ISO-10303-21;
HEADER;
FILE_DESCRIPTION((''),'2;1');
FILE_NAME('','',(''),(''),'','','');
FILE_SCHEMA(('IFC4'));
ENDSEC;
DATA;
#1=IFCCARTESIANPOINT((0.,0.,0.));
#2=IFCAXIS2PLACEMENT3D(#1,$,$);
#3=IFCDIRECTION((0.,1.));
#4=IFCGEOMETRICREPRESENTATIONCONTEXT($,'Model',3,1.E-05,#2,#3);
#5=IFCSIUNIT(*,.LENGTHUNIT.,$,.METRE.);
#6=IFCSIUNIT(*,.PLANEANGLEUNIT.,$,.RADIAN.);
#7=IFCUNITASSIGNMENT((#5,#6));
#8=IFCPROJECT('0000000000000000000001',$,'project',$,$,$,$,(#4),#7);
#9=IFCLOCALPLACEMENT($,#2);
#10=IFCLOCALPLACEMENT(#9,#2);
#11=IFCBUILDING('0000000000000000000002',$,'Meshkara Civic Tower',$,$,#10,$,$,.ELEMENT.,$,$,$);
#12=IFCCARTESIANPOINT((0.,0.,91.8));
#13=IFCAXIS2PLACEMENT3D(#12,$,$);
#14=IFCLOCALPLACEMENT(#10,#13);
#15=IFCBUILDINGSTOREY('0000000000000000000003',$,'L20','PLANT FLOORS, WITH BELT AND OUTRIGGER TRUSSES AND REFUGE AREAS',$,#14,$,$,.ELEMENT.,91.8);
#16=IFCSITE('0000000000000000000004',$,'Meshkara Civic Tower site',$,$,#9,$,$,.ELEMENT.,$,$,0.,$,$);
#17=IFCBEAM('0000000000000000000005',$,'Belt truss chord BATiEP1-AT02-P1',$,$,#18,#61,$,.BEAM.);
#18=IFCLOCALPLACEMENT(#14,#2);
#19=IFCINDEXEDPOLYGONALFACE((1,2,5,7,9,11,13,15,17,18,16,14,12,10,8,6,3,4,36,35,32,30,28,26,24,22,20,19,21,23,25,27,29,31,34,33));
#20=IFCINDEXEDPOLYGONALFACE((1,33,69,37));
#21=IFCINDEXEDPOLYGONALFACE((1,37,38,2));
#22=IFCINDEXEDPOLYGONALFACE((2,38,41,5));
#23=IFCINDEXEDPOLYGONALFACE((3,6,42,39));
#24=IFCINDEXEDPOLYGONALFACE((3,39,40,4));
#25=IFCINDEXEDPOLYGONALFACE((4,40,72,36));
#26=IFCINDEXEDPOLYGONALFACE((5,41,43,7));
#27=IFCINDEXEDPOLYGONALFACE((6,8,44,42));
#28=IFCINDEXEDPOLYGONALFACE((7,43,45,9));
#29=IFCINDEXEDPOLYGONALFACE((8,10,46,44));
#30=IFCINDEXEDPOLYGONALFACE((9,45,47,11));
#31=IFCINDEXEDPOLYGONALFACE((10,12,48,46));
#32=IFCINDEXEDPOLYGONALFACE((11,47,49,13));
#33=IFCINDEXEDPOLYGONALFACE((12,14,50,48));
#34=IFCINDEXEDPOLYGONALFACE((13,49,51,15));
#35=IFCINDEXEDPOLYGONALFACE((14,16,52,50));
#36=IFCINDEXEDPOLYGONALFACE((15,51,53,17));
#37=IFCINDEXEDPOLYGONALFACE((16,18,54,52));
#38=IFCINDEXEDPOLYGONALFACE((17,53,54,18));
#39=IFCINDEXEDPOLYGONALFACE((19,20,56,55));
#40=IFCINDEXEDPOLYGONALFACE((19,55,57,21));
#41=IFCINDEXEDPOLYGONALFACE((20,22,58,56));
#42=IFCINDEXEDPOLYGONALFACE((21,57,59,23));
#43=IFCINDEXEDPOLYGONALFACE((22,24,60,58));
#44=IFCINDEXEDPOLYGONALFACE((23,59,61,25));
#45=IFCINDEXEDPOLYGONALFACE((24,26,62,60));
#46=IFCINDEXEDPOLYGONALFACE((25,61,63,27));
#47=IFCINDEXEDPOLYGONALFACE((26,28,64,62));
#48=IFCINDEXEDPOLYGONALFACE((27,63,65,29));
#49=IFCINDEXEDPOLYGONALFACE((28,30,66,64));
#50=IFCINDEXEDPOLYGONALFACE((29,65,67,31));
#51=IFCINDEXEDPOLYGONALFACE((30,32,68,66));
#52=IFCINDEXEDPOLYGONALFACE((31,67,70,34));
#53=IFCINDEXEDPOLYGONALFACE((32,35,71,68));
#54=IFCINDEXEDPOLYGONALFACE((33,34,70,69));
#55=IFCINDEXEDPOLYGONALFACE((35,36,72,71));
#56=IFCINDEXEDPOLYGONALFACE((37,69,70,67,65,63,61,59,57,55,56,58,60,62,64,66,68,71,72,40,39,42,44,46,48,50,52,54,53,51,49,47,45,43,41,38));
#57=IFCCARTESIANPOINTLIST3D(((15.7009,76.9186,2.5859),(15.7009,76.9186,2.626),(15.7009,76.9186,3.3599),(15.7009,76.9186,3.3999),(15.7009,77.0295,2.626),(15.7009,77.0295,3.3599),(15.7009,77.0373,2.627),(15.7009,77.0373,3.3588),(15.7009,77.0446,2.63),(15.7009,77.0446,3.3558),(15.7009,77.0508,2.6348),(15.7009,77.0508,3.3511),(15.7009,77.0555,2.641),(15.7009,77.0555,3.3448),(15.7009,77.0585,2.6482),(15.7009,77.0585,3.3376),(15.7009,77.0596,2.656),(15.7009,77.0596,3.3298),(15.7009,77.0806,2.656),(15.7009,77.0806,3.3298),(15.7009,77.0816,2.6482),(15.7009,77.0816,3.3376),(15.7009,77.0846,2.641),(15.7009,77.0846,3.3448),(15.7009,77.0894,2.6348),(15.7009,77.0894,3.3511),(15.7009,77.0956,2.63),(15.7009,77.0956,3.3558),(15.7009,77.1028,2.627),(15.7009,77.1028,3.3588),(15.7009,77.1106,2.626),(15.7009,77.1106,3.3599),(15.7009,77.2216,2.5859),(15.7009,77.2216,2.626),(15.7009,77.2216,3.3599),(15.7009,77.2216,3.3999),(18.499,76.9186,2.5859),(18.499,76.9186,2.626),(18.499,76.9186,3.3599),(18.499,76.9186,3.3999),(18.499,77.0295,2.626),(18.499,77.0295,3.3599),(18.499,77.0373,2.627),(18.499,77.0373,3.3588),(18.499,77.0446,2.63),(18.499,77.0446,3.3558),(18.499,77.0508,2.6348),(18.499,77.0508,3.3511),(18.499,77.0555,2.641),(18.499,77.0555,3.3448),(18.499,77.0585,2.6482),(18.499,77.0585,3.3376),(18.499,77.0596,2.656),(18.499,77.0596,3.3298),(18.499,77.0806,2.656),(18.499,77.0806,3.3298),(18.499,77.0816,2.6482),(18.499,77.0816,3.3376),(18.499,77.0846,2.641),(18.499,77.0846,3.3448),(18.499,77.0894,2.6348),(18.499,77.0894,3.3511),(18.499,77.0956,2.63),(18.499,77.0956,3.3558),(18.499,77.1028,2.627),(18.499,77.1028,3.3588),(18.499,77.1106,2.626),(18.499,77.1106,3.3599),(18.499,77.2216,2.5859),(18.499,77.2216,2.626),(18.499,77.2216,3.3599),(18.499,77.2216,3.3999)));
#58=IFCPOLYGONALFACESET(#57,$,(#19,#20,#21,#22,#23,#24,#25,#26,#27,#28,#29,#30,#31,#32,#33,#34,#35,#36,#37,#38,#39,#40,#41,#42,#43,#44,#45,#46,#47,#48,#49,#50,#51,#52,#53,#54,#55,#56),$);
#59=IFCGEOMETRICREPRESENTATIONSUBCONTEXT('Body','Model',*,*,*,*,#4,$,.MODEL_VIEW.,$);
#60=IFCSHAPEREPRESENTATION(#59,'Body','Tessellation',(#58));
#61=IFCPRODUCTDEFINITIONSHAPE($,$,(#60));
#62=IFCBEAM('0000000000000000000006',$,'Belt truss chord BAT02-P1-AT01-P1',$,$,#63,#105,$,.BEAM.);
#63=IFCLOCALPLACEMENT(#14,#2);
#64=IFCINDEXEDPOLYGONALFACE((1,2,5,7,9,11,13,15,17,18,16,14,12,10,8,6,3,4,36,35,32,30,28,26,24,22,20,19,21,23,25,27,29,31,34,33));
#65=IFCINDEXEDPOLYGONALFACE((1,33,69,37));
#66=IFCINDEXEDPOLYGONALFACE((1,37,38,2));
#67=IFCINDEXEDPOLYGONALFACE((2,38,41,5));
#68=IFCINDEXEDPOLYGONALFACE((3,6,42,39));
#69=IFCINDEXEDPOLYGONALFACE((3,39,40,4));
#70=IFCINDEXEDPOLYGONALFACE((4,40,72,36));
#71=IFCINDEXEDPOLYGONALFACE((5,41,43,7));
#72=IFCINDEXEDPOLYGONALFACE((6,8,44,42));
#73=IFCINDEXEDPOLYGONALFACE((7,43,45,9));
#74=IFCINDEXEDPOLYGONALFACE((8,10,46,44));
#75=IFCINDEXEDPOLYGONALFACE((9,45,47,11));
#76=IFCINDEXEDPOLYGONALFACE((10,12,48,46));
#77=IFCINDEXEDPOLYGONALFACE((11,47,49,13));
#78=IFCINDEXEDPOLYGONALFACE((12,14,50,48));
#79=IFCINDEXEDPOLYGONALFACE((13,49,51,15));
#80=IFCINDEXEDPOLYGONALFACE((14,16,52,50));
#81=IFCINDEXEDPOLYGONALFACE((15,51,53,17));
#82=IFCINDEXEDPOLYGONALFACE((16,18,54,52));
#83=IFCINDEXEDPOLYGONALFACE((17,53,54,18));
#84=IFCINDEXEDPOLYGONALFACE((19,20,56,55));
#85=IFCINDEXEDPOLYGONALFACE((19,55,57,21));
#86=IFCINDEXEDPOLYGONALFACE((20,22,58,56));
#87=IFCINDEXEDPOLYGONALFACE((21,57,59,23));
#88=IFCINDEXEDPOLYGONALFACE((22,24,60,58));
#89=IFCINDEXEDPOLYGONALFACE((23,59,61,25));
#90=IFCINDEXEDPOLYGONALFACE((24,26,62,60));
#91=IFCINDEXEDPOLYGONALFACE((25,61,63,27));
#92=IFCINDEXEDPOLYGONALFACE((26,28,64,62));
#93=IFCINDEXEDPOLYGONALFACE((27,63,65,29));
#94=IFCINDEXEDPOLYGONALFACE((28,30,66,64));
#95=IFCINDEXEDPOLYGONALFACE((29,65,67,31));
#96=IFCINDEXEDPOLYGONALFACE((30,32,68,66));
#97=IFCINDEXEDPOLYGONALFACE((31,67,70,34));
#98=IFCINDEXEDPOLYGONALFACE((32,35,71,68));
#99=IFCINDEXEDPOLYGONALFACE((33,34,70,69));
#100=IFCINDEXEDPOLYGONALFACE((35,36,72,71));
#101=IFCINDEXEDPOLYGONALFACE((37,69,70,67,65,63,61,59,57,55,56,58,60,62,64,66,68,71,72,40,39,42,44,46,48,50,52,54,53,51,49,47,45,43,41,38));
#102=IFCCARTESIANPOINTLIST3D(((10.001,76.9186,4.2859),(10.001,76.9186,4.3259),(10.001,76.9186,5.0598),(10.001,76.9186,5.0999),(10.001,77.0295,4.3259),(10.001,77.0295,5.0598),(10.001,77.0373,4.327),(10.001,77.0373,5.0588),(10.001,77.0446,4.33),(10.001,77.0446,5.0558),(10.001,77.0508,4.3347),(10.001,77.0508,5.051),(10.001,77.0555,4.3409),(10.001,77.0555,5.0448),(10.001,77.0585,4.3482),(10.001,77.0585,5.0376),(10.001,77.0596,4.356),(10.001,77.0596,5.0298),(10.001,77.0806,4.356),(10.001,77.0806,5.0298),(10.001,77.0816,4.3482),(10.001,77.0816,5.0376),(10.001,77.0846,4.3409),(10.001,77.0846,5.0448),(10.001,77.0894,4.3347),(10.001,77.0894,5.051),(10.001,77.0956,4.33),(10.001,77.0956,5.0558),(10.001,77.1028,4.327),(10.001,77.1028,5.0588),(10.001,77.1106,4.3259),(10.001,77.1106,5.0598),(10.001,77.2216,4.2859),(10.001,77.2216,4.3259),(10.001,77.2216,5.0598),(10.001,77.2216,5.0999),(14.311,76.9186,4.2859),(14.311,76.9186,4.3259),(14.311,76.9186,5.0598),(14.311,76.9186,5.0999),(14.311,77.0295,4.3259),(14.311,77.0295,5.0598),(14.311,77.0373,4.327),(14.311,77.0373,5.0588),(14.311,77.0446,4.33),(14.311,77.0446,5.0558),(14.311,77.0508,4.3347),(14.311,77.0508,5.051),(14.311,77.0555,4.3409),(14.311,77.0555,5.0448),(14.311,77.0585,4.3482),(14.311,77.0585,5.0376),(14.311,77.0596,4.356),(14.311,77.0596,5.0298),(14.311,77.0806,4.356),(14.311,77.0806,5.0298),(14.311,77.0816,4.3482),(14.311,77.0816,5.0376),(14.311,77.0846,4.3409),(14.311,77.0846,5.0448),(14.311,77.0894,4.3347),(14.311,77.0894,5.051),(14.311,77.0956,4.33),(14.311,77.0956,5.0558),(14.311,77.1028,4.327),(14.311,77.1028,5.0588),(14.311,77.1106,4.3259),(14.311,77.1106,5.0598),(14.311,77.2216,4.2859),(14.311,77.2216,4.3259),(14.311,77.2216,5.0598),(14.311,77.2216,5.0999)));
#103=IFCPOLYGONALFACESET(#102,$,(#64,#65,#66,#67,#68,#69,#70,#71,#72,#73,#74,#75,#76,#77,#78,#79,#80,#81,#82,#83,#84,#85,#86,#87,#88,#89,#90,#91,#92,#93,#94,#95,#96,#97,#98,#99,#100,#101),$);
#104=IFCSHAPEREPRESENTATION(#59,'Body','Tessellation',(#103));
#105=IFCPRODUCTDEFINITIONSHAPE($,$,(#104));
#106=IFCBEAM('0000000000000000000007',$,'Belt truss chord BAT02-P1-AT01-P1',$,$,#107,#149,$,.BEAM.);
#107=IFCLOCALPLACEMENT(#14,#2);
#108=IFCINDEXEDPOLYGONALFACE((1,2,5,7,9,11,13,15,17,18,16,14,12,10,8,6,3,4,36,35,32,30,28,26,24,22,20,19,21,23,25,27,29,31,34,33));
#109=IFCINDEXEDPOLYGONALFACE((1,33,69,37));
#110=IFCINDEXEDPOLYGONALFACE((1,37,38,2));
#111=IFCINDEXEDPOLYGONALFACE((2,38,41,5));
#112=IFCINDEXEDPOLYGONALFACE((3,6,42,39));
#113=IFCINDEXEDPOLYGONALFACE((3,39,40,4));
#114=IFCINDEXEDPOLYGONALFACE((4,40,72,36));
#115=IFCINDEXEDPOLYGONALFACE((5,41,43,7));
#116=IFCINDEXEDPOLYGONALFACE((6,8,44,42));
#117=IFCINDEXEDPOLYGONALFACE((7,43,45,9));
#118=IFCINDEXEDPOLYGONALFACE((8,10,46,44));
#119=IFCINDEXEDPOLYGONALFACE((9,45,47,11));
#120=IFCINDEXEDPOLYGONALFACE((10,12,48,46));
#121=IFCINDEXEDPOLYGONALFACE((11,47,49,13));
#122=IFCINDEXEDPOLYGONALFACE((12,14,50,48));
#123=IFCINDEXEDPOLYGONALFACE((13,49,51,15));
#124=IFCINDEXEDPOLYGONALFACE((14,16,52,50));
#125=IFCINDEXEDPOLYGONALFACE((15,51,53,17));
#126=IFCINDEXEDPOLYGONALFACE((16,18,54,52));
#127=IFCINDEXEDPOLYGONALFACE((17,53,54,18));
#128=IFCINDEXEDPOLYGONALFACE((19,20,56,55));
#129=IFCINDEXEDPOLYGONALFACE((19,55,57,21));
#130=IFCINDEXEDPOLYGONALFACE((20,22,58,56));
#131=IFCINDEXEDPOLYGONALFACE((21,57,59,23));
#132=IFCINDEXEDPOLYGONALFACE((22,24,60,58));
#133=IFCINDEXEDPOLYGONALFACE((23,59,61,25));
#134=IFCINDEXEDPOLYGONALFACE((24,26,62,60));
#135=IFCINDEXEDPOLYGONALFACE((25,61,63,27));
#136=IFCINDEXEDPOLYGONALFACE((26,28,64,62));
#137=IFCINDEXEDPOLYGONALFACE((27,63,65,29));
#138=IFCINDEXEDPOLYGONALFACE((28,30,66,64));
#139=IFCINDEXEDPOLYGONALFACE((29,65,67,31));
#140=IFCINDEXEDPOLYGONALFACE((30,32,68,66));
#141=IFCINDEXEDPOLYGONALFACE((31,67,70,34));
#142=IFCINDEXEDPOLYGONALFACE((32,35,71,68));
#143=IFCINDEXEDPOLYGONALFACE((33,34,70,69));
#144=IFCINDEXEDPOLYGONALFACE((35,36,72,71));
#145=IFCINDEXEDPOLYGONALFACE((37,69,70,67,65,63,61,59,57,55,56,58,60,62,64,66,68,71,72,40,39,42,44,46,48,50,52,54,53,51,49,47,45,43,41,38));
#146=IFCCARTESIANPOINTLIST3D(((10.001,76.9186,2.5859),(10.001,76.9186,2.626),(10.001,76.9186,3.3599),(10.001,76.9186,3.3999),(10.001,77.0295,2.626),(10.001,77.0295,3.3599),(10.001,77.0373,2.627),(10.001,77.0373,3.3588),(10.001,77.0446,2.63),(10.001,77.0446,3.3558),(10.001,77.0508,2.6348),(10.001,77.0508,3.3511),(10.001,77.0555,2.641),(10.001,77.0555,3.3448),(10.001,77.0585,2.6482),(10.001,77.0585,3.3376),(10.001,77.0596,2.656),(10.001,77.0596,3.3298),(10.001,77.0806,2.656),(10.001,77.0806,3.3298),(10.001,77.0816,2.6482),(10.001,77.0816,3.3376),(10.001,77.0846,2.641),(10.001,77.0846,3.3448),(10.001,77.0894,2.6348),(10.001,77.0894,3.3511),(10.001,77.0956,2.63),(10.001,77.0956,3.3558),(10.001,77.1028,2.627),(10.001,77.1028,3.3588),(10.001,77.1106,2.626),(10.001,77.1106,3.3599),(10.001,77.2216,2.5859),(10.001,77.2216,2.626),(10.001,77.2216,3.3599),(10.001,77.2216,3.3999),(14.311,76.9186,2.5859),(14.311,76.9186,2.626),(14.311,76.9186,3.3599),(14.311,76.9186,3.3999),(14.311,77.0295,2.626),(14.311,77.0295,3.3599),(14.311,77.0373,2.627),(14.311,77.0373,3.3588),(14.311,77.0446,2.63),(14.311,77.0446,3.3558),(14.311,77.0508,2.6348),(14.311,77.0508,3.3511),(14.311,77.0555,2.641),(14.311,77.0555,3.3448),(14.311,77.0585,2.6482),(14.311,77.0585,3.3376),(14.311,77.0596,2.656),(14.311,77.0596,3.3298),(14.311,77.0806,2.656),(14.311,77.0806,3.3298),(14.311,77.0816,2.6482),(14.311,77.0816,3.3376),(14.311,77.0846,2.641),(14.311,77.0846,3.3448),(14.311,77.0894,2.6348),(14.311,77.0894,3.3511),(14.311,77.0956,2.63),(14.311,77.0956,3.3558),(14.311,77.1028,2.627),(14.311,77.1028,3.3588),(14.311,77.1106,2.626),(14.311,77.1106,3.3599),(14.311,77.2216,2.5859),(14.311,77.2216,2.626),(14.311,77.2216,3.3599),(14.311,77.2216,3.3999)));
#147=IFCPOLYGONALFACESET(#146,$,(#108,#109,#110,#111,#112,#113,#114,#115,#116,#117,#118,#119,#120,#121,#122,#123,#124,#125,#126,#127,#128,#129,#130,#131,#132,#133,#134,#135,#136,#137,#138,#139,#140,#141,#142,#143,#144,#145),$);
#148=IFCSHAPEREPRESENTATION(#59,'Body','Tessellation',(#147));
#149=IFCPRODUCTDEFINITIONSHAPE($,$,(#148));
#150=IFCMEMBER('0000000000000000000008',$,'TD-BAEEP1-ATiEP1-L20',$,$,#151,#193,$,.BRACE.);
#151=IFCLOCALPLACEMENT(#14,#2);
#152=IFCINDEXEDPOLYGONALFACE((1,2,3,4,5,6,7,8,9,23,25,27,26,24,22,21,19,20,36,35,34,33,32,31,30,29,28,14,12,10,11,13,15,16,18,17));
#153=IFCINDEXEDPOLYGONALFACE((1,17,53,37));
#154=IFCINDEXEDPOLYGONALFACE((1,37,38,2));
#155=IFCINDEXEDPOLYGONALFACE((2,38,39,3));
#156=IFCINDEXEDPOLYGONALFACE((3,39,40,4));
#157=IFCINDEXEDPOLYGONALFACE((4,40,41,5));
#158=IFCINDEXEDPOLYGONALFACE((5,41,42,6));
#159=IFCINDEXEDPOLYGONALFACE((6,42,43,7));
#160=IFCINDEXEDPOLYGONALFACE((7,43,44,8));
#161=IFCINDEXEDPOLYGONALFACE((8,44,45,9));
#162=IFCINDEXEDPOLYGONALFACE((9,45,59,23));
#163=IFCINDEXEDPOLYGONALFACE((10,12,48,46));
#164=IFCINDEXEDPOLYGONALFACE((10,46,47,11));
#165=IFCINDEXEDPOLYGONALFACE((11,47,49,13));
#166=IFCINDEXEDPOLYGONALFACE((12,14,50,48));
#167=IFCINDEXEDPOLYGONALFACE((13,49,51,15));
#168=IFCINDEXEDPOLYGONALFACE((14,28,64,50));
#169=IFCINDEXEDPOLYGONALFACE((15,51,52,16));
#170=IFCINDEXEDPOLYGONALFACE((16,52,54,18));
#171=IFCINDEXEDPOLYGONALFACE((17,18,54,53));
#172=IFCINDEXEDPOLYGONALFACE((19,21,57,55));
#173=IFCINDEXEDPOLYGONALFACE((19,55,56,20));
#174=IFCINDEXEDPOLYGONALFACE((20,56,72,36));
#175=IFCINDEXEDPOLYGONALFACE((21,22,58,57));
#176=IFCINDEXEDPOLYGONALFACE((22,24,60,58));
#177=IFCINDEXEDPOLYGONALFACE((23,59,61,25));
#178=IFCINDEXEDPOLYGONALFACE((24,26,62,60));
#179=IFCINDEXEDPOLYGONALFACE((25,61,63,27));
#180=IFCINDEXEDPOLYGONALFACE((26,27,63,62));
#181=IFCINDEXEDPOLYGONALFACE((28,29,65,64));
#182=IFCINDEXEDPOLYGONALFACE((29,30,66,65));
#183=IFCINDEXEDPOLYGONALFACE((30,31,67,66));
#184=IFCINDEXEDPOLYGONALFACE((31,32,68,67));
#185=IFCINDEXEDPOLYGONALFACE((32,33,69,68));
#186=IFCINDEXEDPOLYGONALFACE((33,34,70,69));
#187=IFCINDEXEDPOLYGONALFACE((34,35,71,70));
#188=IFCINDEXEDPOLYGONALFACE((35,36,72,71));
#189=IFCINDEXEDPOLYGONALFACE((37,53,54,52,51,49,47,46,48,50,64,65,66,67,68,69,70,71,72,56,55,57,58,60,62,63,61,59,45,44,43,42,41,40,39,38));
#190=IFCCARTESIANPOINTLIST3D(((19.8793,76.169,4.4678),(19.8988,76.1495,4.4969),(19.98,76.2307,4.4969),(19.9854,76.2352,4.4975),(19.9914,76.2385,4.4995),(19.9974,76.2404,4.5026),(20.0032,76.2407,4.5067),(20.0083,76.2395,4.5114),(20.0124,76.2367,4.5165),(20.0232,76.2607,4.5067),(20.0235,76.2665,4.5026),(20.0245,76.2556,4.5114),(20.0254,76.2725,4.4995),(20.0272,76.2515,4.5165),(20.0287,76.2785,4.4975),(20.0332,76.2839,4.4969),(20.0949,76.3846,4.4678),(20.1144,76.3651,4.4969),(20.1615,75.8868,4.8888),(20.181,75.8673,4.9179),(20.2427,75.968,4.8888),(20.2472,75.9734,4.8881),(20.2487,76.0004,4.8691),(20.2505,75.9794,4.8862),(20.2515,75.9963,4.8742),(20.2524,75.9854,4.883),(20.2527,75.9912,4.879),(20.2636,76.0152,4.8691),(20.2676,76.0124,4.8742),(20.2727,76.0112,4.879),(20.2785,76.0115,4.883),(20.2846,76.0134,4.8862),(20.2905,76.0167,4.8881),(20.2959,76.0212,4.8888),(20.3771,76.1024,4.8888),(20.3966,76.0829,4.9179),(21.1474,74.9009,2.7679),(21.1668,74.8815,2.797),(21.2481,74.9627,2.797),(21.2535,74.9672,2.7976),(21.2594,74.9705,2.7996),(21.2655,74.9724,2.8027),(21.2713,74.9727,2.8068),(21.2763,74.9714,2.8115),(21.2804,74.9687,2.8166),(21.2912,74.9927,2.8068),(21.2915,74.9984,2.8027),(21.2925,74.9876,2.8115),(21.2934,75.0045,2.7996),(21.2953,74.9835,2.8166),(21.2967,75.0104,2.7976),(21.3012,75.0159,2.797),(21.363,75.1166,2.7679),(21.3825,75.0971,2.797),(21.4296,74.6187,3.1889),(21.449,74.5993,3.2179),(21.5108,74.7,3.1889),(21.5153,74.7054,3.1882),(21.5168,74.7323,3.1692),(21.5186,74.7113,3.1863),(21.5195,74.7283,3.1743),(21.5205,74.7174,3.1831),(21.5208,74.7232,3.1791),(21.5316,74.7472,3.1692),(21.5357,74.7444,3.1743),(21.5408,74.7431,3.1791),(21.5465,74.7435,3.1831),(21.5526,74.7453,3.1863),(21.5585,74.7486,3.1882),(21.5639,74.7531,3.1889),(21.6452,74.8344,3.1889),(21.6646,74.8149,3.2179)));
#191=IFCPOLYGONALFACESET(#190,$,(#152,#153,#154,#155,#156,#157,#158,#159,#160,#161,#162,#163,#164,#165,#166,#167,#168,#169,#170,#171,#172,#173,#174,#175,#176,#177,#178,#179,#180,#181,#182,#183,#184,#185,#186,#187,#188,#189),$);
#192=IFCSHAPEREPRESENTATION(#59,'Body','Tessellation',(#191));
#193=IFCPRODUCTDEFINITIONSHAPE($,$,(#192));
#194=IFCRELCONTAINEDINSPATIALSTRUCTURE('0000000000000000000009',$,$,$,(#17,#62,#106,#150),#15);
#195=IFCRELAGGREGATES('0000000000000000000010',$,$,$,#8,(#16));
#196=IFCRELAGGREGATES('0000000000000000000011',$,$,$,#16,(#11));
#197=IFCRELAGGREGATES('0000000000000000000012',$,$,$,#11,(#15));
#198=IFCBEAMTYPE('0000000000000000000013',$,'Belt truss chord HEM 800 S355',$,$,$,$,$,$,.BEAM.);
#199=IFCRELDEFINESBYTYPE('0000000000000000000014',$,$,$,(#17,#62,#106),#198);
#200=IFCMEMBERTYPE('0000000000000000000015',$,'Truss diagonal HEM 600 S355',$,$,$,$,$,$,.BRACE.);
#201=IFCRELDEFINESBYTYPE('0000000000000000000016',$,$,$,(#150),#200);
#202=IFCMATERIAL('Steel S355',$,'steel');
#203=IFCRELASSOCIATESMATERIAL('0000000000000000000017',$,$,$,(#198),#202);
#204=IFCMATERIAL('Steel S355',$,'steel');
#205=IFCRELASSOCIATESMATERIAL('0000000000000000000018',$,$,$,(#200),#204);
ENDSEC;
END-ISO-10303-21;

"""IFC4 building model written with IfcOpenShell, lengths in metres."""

from ifc_helpers import new_model, si_unit, direction, frame, origin, origin_2d, place, context, subcontext, project, spatial, i_section, extrude, material, material_profile, profile_set, type_object, element, save


model = new_model("IFC4")

# Units and contexts
model_context = context("Model", 3, precision=1e-05, world=origin(), true_north=direction((0.0, 1.0)))
body_context = subcontext(model_context, "Body", "Model", "MODEL_VIEW")
ifc_project = project(units=[si_unit("LENGTHUNIT", "METRE"), si_unit("PLANEANGLEUNIT", "RADIAN")], contexts=[model_context])

# Site, building, storey
site_placement = place(None, origin())
site = spatial("IfcSite", under=ifc_project, at=site_placement, Name="Meshkara Civic Tower site", CompositionType="ELEMENT", RefElevation=0.0)
building_placement = place(site_placement, origin())
building = spatial("IfcBuilding", under=site, at=building_placement, Name="Meshkara Civic Tower", CompositionType="ELEMENT")
storey_placement = place(building_placement, frame((0.0, 0.0, 91.8)))
storey = spatial("IfcBuildingStorey", under=building, at=storey_placement, Name="L20", Description="PLANT FLOORS, WITH BELT AND OUTRIGGER TRUSSES AND REFUGE AREAS", CompositionType="ELEMENT", Elevation=91.8)

# Beams
ifc_material_1 = material(Name="Steel S355", Category="steel")
ifc_material_profile_1 = material_profile(ifc_material_1, i_section(OverallWidth=0.303, OverallDepth=0.814, WebThickness=0.021, FlangeThickness=0.04, FilletRadius=0.03, at=origin_2d()))
ifc_profile_set_1 = profile_set([ifc_material_profile_1], Name="Steel S355")
beam_type = type_object("IfcBeamType", Name="Belt truss chord HEM 800 S355", PredefinedType="BEAM", material=ifc_profile_set_1)
for number, where, z_axis, x_axis, name in (
    (1, (18.499, 77.0701, 2.9929), (-1.0, 0.0, 0.0), (0.0, -1.0, 0.0), "Belt truss chord BATiEP1-AT02-P1"),
):
    element("IfcBeam", number, at=place(storey_placement, frame(where, z_axis=z_axis, x_axis=x_axis)), inside=storey, type_object=beam_type, Name=name, PredefinedType="BEAM", context=body_context, shape_type="SweptSolid", body=[
        extrude(i_section(OverallWidth=0.303, OverallDepth=0.814, WebThickness=0.021, FlangeThickness=0.04, FilletRadius=0.03, at=origin_2d()), origin(), (0.0, 0.0, 1.0), 2.7981),
    ])
for number, where, z_axis, x_axis, name in (
    (2, (14.311, 77.0701, 4.6929), (-1.0, 0.0, 0.0), (0.0, -1.0, 0.0), "Belt truss chord BAT02-P1-AT01-P1"),
    (3, (14.311, 77.0701, 2.9929), (-1.0, 0.0, 0.0), (0.0, -1.0, 0.0), "Belt truss chord BAT02-P1-AT01-P1"),
):
    element("IfcBeam", number, at=place(storey_placement, frame(where, z_axis=z_axis, x_axis=x_axis)), inside=storey, type_object=beam_type, Name=name, PredefinedType="BEAM", context=body_context, shape_type="SweptSolid", body=[
        extrude(i_section(OverallWidth=0.303, OverallDepth=0.814, WebThickness=0.021, FlangeThickness=0.04, FilletRadius=0.03, at=origin_2d()), origin(), (0.0, 0.0, 1.0), 4.3101),
    ])

# Member
ifc_material_2 = material(Name="Steel S355", Category="steel")
ifc_material_profile_2 = material_profile(ifc_material_2, i_section(OverallWidth=0.3049, OverallDepth=0.6201, WebThickness=0.021, FlangeThickness=0.04, FilletRadius=0.0271, at=origin_2d()))
ifc_profile_set_2 = profile_set([ifc_material_profile_2], Name="Steel S355")
member_type = type_object("IfcMemberType", Name="Truss diagonal HEM 600 S355", PredefinedType="BRACE", material=ifc_profile_set_2)
member_1_placement = place(storey_placement, frame((21.406, 74.8579, 2.9929), z_axis=(-0.51318, 0.51318, 0.687962), x_axis=(-0.707107, -0.707107, 0.0)))
element("IfcMember", 4, at=member_1_placement, inside=storey, type_object=member_type, Name="TD-BAEEP1-ATiEP1-L20", PredefinedType="BRACE", context=body_context, shape_type="SweptSolid", body=[
    extrude(i_section(OverallWidth=0.3049, OverallDepth=0.6201, WebThickness=0.021, FlangeThickness=0.04, FilletRadius=0.0271, at=origin_2d()), origin(), (0.0, 0.0, 1.0), 2.4709),
])

save(model, "model.ifc")
